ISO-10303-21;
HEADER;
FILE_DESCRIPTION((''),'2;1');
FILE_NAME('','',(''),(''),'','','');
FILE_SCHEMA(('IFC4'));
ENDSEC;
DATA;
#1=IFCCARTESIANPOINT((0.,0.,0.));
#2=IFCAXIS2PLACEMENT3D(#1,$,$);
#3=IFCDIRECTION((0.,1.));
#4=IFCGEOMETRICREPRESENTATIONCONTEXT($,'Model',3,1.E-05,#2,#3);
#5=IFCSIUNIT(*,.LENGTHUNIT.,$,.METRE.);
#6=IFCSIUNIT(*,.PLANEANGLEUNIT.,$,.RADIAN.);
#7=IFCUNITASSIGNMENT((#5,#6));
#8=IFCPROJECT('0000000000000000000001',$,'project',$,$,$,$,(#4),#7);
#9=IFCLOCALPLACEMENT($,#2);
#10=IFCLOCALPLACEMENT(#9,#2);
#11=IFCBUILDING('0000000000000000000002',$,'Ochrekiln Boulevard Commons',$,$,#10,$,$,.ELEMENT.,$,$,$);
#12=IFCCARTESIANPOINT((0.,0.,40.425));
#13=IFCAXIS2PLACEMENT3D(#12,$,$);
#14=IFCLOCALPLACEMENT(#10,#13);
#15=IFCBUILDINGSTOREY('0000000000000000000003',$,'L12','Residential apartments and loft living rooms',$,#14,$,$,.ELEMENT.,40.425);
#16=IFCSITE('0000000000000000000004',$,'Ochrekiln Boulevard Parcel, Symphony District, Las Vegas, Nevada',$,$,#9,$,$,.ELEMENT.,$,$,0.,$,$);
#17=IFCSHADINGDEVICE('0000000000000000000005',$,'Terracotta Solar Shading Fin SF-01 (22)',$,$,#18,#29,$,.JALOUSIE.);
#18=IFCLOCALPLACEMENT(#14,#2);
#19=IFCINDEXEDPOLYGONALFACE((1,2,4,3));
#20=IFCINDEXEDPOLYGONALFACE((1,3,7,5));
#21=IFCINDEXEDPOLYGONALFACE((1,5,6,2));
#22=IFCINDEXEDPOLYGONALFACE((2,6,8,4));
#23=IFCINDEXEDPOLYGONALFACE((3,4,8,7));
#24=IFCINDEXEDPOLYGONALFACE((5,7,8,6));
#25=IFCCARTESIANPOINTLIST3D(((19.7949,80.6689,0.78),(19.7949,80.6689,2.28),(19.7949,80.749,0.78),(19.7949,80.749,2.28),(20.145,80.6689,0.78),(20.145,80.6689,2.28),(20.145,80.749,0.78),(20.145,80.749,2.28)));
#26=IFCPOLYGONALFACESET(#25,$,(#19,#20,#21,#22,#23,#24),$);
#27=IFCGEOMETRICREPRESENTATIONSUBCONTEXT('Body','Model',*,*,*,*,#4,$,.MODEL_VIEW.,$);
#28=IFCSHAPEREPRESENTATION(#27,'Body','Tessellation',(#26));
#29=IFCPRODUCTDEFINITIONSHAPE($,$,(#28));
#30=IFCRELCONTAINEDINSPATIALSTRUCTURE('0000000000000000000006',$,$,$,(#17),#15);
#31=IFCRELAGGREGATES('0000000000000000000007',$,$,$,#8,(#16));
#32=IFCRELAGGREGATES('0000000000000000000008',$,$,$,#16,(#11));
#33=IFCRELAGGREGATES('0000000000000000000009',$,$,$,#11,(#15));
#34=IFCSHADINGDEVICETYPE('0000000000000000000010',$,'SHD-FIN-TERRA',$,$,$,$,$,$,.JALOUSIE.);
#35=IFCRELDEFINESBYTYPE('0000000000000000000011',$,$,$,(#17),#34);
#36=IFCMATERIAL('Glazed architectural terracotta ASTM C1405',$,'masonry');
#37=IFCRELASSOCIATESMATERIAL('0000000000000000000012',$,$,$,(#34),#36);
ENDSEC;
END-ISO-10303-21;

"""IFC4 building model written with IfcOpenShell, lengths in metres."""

from ifc_helpers import new_model, si_unit, direction, frame, origin, origin_2d, place, context, subcontext, project, spatial, rectangle, extrude, material, type_object, element, save


model = new_model("IFC4")

# Units and contexts
model_context = context("Model", 3, precision=1e-05, world=origin(), true_north=direction((0.0, 1.0)))
body_context = subcontext(model_context, "Body", "Model", "MODEL_VIEW")
ifc_project = project(units=[si_unit("LENGTHUNIT", "METRE"), si_unit("PLANEANGLEUNIT", "RADIAN")], contexts=[model_context])

# Site, building, storey
site_placement = place(None, origin())
site = spatial("IfcSite", under=ifc_project, at=site_placement, Name="Ochrekiln Boulevard Parcel, Symphony District, Las Vegas, Nevada", CompositionType="ELEMENT", RefElevation=0.0)
building_placement = place(site_placement, origin())
building = spatial("IfcBuilding", under=site, at=building_placement, Name="Ochrekiln Boulevard Commons", CompositionType="ELEMENT")
storey_placement = place(building_placement, frame((0.0, 0.0, 40.425)))
storey = spatial("IfcBuildingStorey", under=building, at=storey_placement, Name="L12", Description="Residential apartments and loft living rooms", CompositionType="ELEMENT", Elevation=40.425)

# Shading device
ifc_material_1 = material(Name="Glazed architectural terracotta ASTM C1405", Category="masonry")
shading_device_type = type_object("IfcShadingDeviceType", Name="SHD-FIN-TERRA", PredefinedType="JALOUSIE", material=ifc_material_1)
shading_device_placement = place(storey_placement, frame((19.97, 80.709, 0.78), z_axis=(0.0, 0.0, 1.0), x_axis=(1.0, 0.0, 0.0)))
element("IfcShadingDevice", 1, at=shading_device_placement, inside=storey, type_object=shading_device_type, Name="Terracotta Solar Shading Fin SF-01 (22)", PredefinedType="JALOUSIE", context=body_context, shape_type="SweptSolid", body=[
    extrude(rectangle(XDim=0.3501, YDim=0.0801, at=origin_2d()), origin(), (0.0, 0.0, 1.0), 1.5),
])

save(model, "model.ifc")
